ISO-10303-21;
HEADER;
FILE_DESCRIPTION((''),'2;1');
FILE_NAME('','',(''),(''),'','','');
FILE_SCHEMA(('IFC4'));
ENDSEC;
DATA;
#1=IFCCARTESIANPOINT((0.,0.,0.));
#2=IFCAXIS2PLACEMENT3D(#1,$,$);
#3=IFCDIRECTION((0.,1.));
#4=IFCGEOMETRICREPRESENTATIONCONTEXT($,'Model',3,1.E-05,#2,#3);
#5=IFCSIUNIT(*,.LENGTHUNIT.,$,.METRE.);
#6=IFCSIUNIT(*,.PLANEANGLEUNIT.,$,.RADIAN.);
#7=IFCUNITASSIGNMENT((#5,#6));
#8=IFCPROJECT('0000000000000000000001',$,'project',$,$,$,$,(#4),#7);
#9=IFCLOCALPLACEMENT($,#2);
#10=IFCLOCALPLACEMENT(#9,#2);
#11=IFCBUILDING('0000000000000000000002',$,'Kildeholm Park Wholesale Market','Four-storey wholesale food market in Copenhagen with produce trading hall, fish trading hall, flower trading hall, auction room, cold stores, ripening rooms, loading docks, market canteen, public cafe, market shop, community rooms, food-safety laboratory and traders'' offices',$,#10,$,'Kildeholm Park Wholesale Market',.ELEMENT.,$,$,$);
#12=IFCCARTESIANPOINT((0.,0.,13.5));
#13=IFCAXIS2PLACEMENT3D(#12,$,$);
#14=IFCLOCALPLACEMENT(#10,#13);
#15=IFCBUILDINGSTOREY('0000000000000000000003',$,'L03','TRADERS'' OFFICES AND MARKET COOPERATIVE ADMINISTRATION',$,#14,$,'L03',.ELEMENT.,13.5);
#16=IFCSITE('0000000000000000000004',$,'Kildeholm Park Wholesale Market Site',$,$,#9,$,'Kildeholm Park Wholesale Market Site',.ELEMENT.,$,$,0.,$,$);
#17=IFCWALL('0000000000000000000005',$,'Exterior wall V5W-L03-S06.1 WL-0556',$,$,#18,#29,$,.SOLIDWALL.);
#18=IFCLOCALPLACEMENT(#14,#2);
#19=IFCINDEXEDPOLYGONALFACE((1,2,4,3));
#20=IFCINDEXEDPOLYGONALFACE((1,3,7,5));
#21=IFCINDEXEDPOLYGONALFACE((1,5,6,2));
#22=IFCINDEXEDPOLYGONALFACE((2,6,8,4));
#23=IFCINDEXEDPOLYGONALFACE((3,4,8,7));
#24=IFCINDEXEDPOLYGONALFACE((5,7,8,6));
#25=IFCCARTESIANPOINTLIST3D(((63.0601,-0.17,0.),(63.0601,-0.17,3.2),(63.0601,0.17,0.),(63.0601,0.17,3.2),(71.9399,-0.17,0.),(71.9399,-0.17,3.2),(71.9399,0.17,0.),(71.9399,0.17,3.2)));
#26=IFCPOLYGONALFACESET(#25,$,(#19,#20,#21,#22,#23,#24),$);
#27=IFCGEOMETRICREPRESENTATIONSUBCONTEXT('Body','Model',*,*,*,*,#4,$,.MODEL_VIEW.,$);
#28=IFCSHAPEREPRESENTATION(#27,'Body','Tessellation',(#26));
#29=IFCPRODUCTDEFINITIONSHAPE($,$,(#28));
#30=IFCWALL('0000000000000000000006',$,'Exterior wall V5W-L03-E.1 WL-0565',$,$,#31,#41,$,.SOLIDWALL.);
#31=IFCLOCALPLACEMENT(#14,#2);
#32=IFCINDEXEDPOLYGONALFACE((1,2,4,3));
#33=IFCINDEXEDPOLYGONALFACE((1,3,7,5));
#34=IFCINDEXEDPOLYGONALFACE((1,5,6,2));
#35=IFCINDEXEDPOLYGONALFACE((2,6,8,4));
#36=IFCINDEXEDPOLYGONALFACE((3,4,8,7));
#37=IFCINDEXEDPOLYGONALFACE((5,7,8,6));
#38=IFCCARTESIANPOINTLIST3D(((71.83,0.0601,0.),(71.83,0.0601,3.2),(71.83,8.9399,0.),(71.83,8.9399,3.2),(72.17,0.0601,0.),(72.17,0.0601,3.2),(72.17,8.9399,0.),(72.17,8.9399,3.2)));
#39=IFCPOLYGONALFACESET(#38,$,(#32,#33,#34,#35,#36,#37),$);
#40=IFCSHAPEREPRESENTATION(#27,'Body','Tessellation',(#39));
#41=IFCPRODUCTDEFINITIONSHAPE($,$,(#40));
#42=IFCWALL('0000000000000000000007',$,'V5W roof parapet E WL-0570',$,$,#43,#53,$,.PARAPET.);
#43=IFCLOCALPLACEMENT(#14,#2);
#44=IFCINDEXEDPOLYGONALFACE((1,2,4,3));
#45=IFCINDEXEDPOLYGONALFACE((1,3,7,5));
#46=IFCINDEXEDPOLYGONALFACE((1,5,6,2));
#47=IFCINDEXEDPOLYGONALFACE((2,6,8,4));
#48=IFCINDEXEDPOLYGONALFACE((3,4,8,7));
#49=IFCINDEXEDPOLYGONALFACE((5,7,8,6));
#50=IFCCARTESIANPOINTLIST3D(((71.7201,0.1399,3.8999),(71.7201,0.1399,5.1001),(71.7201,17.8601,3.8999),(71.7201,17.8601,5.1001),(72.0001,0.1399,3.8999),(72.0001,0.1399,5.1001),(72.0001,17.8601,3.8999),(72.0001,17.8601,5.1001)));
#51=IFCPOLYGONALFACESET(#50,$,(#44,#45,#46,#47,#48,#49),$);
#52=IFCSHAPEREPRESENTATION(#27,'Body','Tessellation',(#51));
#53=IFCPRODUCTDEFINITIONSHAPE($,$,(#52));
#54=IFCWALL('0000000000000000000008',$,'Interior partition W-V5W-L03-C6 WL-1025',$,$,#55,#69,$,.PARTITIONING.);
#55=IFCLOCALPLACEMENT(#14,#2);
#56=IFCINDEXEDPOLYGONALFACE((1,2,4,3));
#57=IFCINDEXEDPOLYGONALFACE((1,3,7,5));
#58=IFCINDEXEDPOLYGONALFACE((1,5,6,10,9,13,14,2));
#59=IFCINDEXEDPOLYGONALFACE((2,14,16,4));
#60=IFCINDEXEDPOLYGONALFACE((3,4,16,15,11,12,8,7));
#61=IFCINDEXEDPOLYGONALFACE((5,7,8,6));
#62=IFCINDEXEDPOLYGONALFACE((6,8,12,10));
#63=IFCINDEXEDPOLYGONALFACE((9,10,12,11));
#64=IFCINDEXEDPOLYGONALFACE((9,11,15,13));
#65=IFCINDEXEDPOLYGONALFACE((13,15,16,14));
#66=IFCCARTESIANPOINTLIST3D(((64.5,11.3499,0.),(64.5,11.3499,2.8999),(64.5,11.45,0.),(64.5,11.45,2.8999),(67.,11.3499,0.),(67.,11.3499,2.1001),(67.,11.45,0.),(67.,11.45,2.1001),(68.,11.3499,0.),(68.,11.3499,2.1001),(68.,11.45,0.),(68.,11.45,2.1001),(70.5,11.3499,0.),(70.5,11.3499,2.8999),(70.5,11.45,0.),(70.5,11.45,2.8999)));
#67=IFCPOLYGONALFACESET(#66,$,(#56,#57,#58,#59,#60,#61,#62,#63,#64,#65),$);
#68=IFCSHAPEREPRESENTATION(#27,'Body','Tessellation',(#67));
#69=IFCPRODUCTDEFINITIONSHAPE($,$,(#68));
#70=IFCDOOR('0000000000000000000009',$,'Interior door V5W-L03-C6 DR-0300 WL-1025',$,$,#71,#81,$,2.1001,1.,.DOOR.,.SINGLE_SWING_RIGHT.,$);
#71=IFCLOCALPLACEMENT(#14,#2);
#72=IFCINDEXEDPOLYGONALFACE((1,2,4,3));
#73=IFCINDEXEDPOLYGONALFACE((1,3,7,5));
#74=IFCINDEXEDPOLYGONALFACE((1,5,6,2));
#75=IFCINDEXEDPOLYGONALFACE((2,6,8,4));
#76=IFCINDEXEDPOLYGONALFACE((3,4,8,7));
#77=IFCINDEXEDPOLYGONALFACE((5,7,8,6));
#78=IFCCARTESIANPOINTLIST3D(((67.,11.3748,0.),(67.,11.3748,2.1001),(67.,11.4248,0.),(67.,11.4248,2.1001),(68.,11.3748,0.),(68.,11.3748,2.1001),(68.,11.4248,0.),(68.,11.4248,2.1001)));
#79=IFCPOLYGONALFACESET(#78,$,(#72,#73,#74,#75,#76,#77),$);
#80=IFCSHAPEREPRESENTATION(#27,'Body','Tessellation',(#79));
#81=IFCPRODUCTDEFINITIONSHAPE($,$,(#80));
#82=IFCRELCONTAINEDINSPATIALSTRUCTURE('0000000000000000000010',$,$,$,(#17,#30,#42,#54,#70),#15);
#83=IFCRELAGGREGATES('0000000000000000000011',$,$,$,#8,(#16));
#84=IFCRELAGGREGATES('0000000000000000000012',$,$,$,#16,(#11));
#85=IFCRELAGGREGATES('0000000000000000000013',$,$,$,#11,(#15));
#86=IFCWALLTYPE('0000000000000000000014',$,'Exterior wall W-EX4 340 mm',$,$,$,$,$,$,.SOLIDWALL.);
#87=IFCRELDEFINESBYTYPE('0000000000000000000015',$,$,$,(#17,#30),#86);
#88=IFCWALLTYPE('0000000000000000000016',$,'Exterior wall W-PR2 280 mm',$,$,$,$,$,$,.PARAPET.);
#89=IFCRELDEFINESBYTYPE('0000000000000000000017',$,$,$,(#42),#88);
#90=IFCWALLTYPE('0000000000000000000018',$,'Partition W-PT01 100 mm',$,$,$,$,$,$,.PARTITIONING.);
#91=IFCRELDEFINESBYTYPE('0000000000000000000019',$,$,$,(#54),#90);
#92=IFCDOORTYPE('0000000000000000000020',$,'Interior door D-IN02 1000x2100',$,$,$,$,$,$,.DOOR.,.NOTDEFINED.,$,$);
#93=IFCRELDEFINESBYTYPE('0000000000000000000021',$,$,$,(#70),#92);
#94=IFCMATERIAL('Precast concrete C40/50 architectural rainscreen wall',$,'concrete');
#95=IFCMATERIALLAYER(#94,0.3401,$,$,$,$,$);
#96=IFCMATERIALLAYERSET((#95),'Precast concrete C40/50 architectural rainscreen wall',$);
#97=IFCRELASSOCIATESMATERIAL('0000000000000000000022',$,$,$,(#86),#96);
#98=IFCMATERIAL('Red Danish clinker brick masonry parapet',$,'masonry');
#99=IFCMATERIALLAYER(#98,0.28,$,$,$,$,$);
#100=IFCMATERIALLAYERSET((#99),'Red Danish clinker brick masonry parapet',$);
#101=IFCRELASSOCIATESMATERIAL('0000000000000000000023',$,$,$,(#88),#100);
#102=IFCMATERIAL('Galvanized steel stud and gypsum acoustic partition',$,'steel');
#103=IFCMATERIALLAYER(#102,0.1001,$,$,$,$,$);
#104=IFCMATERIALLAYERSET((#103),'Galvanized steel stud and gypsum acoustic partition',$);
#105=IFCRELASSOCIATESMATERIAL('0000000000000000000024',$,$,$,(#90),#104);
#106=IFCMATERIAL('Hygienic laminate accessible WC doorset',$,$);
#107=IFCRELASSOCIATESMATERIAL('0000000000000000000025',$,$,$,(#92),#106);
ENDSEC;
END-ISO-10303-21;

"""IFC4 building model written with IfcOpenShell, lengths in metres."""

from ifc_helpers import new_model, si_unit, direction, frame, frame_2d, origin, place, context, subcontext, project, spatial, rectangle, extrude, material, layer, layer_set, type_object, element, fill, save


model = new_model("IFC4")

# Units and contexts
model_context = context("Model", 3, precision=1e-05, world=origin(), true_north=direction((0.0, 1.0)))
body_context = subcontext(model_context, "Body", "Model", "MODEL_VIEW")
ifc_project = project(units=[si_unit("LENGTHUNIT", "METRE"), si_unit("PLANEANGLEUNIT", "RADIAN")], contexts=[model_context])

# Site, building, storey
site_placement = place(None, origin())
site = spatial("IfcSite", under=ifc_project, at=site_placement, Name="Kildeholm Park Wholesale Market Site", LongName="Kildeholm Park Wholesale Market Site", CompositionType="ELEMENT", RefElevation=0.0)
building_placement = place(site_placement, origin())
building = spatial("IfcBuilding", under=site, at=building_placement, Name="Kildeholm Park Wholesale Market", Description="Four-storey wholesale food market in Copenhagen with produce trading hall, fish trading hall, flower trading hall, auction room, cold stores, ripening rooms, loading docks, market canteen, public cafe, market shop, community rooms, food-safety laboratory and traders' offices", LongName="Kildeholm Park Wholesale Market", CompositionType="ELEMENT")
storey_placement = place(building_placement, frame((0.0, 0.0, 13.5)))
storey = spatial("IfcBuildingStorey", under=building, at=storey_placement, Name="L03", Description="TRADERS' OFFICES AND MARKET COOPERATIVE ADMINISTRATION", LongName="L03", CompositionType="ELEMENT", Elevation=13.5)

# Walls
ifc_material_1 = material(Name="Precast concrete C40/50 architectural rainscreen wall", Category="concrete")
ifc_layer_1 = layer(ifc_material_1, 0.3401)
ifc_layer_set_1 = layer_set([ifc_layer_1], Name="Precast concrete C40/50 architectural rainscreen wall")
wall_type_1 = type_object("IfcWallType", Name="Exterior wall W-EX4 340 mm", PredefinedType="SOLIDWALL", material=ifc_layer_set_1)
for number, where, z_axis, x_axis, name in (
    (1, (63.0601, 0.0, 0.0), (0.0, 0.0, 1.0), (1.0, 0.0, 0.0), "Exterior wall V5W-L03-S06.1 WL-0556"),
    (2, (72.0, 0.0601, 0.0), (0.0, 0.0, 1.0), (0.0, 1.0, 0.0), "Exterior wall V5W-L03-E.1 WL-0565"),
):
    element("IfcWall", number, at=place(storey_placement, frame(where, z_axis=z_axis, x_axis=x_axis)), inside=storey, type_object=wall_type_1, Name=name, PredefinedType="SOLIDWALL", context=body_context, shape_type="SweptSolid", body=[
        extrude(rectangle(XDim=8.8799, YDim=0.3401, at=frame_2d((4.4399, 0.0))), origin(), (0.0, 0.0, 1.0), 3.2),
    ])

# Wall
ifc_material_2 = material(Name="Red Danish clinker brick masonry parapet", Category="masonry")
ifc_layer_2 = layer(ifc_material_2, 0.28)
ifc_layer_set_2 = layer_set([ifc_layer_2], Name="Red Danish clinker brick masonry parapet")
wall_type_2 = type_object("IfcWallType", Name="Exterior wall W-PR2 280 mm", PredefinedType="PARAPET", material=ifc_layer_set_2)
wall_1_placement = place(storey_placement, frame((71.8601, 0.1399, 3.8999), z_axis=(0.0, 0.0, 1.0), x_axis=(0.0, 1.0, 0.0)))
element("IfcWall", 3, at=wall_1_placement, inside=storey, type_object=wall_type_2, Name="V5W roof parapet E WL-0570", PredefinedType="PARAPET", context=body_context, shape_type="SweptSolid", body=[
    extrude(rectangle(XDim=17.7202, YDim=0.28, at=frame_2d((8.8601, 0.0))), origin(), (0.0, 0.0, 1.0), 1.2002),
])

# Wall, opening, door
ifc_material_3 = material(Name="Galvanized steel stud and gypsum acoustic partition", Category="steel")
ifc_layer_3 = layer(ifc_material_3, 0.1001)
ifc_layer_set_3 = layer_set([ifc_layer_3], Name="Galvanized steel stud and gypsum acoustic partition")
wall_type_3 = type_object("IfcWallType", Name="Partition W-PT01 100 mm", PredefinedType="PARTITIONING", material=ifc_layer_set_3)
wall_2_placement = place(storey_placement, frame((64.5, 11.3999, 0.0), z_axis=(0.0, 0.0, 1.0), x_axis=(1.0, 0.0, 0.0)))
wall_2 = element("IfcWall", 4, at=wall_2_placement, inside=storey, type_object=wall_type_3, Name="Interior partition W-V5W-L03-C6 WL-1025", PredefinedType="PARTITIONING", context=body_context, shape_type="SweptSolid", body=[
    extrude(rectangle(XDim=6.0, YDim=0.1001, at=frame_2d((3.0, 0.0))), origin(), (0.0, 0.0, 1.0), 2.8999),
])
opening_1_placement = place(wall_2_placement, frame((2.5, 0.0, 0.0)))
opening_1 = element("IfcOpeningElement", 5, at=opening_1_placement, cuts=wall_2, PredefinedType="OPENING", context=body_context, shape_type="SweptSolid", body=[
    extrude(rectangle(XDim=1.0, YDim=2.1001, at=frame_2d((0.5, 1.05))), frame((0.0, 0.0601, 0.0), z_axis=(0.0, -1.0, 0.0), x_axis=(1.0, 0.0, 0.0)), (0.0, 0.0, 1.0), 0.1201),
])
ifc_material_4 = material(Name="Hygienic laminate accessible WC doorset")
door_type_1 = type_object("IfcDoorType", Name="Interior door D-IN02 1000x2100", OperationType="NOTDEFINED", PredefinedType="DOOR", material=ifc_material_4)
door_1_placement = place(opening_1_placement, origin())
door_1 = element("IfcDoor", 6, at=door_1_placement, inside=storey, type_object=door_type_1, Name="Interior door V5W-L03-C6 DR-0300 WL-1025", OperationType="SINGLE_SWING_RIGHT", OverallHeight=2.1001, OverallWidth=1.0, PredefinedType="DOOR", context=body_context, shape_type="SweptSolid", body=[
    extrude(rectangle(XDim=1.0, YDim=2.1001, at=frame_2d((0.5, 1.05))), frame((0.0, 0.0249, 0.0), z_axis=(0.0, -1.0, 0.0), x_axis=(1.0, 0.0, 0.0)), (0.0, 0.0, 1.0), 0.05),
])
fill(opening_1, door_1)

save(model, "model.ifc")
